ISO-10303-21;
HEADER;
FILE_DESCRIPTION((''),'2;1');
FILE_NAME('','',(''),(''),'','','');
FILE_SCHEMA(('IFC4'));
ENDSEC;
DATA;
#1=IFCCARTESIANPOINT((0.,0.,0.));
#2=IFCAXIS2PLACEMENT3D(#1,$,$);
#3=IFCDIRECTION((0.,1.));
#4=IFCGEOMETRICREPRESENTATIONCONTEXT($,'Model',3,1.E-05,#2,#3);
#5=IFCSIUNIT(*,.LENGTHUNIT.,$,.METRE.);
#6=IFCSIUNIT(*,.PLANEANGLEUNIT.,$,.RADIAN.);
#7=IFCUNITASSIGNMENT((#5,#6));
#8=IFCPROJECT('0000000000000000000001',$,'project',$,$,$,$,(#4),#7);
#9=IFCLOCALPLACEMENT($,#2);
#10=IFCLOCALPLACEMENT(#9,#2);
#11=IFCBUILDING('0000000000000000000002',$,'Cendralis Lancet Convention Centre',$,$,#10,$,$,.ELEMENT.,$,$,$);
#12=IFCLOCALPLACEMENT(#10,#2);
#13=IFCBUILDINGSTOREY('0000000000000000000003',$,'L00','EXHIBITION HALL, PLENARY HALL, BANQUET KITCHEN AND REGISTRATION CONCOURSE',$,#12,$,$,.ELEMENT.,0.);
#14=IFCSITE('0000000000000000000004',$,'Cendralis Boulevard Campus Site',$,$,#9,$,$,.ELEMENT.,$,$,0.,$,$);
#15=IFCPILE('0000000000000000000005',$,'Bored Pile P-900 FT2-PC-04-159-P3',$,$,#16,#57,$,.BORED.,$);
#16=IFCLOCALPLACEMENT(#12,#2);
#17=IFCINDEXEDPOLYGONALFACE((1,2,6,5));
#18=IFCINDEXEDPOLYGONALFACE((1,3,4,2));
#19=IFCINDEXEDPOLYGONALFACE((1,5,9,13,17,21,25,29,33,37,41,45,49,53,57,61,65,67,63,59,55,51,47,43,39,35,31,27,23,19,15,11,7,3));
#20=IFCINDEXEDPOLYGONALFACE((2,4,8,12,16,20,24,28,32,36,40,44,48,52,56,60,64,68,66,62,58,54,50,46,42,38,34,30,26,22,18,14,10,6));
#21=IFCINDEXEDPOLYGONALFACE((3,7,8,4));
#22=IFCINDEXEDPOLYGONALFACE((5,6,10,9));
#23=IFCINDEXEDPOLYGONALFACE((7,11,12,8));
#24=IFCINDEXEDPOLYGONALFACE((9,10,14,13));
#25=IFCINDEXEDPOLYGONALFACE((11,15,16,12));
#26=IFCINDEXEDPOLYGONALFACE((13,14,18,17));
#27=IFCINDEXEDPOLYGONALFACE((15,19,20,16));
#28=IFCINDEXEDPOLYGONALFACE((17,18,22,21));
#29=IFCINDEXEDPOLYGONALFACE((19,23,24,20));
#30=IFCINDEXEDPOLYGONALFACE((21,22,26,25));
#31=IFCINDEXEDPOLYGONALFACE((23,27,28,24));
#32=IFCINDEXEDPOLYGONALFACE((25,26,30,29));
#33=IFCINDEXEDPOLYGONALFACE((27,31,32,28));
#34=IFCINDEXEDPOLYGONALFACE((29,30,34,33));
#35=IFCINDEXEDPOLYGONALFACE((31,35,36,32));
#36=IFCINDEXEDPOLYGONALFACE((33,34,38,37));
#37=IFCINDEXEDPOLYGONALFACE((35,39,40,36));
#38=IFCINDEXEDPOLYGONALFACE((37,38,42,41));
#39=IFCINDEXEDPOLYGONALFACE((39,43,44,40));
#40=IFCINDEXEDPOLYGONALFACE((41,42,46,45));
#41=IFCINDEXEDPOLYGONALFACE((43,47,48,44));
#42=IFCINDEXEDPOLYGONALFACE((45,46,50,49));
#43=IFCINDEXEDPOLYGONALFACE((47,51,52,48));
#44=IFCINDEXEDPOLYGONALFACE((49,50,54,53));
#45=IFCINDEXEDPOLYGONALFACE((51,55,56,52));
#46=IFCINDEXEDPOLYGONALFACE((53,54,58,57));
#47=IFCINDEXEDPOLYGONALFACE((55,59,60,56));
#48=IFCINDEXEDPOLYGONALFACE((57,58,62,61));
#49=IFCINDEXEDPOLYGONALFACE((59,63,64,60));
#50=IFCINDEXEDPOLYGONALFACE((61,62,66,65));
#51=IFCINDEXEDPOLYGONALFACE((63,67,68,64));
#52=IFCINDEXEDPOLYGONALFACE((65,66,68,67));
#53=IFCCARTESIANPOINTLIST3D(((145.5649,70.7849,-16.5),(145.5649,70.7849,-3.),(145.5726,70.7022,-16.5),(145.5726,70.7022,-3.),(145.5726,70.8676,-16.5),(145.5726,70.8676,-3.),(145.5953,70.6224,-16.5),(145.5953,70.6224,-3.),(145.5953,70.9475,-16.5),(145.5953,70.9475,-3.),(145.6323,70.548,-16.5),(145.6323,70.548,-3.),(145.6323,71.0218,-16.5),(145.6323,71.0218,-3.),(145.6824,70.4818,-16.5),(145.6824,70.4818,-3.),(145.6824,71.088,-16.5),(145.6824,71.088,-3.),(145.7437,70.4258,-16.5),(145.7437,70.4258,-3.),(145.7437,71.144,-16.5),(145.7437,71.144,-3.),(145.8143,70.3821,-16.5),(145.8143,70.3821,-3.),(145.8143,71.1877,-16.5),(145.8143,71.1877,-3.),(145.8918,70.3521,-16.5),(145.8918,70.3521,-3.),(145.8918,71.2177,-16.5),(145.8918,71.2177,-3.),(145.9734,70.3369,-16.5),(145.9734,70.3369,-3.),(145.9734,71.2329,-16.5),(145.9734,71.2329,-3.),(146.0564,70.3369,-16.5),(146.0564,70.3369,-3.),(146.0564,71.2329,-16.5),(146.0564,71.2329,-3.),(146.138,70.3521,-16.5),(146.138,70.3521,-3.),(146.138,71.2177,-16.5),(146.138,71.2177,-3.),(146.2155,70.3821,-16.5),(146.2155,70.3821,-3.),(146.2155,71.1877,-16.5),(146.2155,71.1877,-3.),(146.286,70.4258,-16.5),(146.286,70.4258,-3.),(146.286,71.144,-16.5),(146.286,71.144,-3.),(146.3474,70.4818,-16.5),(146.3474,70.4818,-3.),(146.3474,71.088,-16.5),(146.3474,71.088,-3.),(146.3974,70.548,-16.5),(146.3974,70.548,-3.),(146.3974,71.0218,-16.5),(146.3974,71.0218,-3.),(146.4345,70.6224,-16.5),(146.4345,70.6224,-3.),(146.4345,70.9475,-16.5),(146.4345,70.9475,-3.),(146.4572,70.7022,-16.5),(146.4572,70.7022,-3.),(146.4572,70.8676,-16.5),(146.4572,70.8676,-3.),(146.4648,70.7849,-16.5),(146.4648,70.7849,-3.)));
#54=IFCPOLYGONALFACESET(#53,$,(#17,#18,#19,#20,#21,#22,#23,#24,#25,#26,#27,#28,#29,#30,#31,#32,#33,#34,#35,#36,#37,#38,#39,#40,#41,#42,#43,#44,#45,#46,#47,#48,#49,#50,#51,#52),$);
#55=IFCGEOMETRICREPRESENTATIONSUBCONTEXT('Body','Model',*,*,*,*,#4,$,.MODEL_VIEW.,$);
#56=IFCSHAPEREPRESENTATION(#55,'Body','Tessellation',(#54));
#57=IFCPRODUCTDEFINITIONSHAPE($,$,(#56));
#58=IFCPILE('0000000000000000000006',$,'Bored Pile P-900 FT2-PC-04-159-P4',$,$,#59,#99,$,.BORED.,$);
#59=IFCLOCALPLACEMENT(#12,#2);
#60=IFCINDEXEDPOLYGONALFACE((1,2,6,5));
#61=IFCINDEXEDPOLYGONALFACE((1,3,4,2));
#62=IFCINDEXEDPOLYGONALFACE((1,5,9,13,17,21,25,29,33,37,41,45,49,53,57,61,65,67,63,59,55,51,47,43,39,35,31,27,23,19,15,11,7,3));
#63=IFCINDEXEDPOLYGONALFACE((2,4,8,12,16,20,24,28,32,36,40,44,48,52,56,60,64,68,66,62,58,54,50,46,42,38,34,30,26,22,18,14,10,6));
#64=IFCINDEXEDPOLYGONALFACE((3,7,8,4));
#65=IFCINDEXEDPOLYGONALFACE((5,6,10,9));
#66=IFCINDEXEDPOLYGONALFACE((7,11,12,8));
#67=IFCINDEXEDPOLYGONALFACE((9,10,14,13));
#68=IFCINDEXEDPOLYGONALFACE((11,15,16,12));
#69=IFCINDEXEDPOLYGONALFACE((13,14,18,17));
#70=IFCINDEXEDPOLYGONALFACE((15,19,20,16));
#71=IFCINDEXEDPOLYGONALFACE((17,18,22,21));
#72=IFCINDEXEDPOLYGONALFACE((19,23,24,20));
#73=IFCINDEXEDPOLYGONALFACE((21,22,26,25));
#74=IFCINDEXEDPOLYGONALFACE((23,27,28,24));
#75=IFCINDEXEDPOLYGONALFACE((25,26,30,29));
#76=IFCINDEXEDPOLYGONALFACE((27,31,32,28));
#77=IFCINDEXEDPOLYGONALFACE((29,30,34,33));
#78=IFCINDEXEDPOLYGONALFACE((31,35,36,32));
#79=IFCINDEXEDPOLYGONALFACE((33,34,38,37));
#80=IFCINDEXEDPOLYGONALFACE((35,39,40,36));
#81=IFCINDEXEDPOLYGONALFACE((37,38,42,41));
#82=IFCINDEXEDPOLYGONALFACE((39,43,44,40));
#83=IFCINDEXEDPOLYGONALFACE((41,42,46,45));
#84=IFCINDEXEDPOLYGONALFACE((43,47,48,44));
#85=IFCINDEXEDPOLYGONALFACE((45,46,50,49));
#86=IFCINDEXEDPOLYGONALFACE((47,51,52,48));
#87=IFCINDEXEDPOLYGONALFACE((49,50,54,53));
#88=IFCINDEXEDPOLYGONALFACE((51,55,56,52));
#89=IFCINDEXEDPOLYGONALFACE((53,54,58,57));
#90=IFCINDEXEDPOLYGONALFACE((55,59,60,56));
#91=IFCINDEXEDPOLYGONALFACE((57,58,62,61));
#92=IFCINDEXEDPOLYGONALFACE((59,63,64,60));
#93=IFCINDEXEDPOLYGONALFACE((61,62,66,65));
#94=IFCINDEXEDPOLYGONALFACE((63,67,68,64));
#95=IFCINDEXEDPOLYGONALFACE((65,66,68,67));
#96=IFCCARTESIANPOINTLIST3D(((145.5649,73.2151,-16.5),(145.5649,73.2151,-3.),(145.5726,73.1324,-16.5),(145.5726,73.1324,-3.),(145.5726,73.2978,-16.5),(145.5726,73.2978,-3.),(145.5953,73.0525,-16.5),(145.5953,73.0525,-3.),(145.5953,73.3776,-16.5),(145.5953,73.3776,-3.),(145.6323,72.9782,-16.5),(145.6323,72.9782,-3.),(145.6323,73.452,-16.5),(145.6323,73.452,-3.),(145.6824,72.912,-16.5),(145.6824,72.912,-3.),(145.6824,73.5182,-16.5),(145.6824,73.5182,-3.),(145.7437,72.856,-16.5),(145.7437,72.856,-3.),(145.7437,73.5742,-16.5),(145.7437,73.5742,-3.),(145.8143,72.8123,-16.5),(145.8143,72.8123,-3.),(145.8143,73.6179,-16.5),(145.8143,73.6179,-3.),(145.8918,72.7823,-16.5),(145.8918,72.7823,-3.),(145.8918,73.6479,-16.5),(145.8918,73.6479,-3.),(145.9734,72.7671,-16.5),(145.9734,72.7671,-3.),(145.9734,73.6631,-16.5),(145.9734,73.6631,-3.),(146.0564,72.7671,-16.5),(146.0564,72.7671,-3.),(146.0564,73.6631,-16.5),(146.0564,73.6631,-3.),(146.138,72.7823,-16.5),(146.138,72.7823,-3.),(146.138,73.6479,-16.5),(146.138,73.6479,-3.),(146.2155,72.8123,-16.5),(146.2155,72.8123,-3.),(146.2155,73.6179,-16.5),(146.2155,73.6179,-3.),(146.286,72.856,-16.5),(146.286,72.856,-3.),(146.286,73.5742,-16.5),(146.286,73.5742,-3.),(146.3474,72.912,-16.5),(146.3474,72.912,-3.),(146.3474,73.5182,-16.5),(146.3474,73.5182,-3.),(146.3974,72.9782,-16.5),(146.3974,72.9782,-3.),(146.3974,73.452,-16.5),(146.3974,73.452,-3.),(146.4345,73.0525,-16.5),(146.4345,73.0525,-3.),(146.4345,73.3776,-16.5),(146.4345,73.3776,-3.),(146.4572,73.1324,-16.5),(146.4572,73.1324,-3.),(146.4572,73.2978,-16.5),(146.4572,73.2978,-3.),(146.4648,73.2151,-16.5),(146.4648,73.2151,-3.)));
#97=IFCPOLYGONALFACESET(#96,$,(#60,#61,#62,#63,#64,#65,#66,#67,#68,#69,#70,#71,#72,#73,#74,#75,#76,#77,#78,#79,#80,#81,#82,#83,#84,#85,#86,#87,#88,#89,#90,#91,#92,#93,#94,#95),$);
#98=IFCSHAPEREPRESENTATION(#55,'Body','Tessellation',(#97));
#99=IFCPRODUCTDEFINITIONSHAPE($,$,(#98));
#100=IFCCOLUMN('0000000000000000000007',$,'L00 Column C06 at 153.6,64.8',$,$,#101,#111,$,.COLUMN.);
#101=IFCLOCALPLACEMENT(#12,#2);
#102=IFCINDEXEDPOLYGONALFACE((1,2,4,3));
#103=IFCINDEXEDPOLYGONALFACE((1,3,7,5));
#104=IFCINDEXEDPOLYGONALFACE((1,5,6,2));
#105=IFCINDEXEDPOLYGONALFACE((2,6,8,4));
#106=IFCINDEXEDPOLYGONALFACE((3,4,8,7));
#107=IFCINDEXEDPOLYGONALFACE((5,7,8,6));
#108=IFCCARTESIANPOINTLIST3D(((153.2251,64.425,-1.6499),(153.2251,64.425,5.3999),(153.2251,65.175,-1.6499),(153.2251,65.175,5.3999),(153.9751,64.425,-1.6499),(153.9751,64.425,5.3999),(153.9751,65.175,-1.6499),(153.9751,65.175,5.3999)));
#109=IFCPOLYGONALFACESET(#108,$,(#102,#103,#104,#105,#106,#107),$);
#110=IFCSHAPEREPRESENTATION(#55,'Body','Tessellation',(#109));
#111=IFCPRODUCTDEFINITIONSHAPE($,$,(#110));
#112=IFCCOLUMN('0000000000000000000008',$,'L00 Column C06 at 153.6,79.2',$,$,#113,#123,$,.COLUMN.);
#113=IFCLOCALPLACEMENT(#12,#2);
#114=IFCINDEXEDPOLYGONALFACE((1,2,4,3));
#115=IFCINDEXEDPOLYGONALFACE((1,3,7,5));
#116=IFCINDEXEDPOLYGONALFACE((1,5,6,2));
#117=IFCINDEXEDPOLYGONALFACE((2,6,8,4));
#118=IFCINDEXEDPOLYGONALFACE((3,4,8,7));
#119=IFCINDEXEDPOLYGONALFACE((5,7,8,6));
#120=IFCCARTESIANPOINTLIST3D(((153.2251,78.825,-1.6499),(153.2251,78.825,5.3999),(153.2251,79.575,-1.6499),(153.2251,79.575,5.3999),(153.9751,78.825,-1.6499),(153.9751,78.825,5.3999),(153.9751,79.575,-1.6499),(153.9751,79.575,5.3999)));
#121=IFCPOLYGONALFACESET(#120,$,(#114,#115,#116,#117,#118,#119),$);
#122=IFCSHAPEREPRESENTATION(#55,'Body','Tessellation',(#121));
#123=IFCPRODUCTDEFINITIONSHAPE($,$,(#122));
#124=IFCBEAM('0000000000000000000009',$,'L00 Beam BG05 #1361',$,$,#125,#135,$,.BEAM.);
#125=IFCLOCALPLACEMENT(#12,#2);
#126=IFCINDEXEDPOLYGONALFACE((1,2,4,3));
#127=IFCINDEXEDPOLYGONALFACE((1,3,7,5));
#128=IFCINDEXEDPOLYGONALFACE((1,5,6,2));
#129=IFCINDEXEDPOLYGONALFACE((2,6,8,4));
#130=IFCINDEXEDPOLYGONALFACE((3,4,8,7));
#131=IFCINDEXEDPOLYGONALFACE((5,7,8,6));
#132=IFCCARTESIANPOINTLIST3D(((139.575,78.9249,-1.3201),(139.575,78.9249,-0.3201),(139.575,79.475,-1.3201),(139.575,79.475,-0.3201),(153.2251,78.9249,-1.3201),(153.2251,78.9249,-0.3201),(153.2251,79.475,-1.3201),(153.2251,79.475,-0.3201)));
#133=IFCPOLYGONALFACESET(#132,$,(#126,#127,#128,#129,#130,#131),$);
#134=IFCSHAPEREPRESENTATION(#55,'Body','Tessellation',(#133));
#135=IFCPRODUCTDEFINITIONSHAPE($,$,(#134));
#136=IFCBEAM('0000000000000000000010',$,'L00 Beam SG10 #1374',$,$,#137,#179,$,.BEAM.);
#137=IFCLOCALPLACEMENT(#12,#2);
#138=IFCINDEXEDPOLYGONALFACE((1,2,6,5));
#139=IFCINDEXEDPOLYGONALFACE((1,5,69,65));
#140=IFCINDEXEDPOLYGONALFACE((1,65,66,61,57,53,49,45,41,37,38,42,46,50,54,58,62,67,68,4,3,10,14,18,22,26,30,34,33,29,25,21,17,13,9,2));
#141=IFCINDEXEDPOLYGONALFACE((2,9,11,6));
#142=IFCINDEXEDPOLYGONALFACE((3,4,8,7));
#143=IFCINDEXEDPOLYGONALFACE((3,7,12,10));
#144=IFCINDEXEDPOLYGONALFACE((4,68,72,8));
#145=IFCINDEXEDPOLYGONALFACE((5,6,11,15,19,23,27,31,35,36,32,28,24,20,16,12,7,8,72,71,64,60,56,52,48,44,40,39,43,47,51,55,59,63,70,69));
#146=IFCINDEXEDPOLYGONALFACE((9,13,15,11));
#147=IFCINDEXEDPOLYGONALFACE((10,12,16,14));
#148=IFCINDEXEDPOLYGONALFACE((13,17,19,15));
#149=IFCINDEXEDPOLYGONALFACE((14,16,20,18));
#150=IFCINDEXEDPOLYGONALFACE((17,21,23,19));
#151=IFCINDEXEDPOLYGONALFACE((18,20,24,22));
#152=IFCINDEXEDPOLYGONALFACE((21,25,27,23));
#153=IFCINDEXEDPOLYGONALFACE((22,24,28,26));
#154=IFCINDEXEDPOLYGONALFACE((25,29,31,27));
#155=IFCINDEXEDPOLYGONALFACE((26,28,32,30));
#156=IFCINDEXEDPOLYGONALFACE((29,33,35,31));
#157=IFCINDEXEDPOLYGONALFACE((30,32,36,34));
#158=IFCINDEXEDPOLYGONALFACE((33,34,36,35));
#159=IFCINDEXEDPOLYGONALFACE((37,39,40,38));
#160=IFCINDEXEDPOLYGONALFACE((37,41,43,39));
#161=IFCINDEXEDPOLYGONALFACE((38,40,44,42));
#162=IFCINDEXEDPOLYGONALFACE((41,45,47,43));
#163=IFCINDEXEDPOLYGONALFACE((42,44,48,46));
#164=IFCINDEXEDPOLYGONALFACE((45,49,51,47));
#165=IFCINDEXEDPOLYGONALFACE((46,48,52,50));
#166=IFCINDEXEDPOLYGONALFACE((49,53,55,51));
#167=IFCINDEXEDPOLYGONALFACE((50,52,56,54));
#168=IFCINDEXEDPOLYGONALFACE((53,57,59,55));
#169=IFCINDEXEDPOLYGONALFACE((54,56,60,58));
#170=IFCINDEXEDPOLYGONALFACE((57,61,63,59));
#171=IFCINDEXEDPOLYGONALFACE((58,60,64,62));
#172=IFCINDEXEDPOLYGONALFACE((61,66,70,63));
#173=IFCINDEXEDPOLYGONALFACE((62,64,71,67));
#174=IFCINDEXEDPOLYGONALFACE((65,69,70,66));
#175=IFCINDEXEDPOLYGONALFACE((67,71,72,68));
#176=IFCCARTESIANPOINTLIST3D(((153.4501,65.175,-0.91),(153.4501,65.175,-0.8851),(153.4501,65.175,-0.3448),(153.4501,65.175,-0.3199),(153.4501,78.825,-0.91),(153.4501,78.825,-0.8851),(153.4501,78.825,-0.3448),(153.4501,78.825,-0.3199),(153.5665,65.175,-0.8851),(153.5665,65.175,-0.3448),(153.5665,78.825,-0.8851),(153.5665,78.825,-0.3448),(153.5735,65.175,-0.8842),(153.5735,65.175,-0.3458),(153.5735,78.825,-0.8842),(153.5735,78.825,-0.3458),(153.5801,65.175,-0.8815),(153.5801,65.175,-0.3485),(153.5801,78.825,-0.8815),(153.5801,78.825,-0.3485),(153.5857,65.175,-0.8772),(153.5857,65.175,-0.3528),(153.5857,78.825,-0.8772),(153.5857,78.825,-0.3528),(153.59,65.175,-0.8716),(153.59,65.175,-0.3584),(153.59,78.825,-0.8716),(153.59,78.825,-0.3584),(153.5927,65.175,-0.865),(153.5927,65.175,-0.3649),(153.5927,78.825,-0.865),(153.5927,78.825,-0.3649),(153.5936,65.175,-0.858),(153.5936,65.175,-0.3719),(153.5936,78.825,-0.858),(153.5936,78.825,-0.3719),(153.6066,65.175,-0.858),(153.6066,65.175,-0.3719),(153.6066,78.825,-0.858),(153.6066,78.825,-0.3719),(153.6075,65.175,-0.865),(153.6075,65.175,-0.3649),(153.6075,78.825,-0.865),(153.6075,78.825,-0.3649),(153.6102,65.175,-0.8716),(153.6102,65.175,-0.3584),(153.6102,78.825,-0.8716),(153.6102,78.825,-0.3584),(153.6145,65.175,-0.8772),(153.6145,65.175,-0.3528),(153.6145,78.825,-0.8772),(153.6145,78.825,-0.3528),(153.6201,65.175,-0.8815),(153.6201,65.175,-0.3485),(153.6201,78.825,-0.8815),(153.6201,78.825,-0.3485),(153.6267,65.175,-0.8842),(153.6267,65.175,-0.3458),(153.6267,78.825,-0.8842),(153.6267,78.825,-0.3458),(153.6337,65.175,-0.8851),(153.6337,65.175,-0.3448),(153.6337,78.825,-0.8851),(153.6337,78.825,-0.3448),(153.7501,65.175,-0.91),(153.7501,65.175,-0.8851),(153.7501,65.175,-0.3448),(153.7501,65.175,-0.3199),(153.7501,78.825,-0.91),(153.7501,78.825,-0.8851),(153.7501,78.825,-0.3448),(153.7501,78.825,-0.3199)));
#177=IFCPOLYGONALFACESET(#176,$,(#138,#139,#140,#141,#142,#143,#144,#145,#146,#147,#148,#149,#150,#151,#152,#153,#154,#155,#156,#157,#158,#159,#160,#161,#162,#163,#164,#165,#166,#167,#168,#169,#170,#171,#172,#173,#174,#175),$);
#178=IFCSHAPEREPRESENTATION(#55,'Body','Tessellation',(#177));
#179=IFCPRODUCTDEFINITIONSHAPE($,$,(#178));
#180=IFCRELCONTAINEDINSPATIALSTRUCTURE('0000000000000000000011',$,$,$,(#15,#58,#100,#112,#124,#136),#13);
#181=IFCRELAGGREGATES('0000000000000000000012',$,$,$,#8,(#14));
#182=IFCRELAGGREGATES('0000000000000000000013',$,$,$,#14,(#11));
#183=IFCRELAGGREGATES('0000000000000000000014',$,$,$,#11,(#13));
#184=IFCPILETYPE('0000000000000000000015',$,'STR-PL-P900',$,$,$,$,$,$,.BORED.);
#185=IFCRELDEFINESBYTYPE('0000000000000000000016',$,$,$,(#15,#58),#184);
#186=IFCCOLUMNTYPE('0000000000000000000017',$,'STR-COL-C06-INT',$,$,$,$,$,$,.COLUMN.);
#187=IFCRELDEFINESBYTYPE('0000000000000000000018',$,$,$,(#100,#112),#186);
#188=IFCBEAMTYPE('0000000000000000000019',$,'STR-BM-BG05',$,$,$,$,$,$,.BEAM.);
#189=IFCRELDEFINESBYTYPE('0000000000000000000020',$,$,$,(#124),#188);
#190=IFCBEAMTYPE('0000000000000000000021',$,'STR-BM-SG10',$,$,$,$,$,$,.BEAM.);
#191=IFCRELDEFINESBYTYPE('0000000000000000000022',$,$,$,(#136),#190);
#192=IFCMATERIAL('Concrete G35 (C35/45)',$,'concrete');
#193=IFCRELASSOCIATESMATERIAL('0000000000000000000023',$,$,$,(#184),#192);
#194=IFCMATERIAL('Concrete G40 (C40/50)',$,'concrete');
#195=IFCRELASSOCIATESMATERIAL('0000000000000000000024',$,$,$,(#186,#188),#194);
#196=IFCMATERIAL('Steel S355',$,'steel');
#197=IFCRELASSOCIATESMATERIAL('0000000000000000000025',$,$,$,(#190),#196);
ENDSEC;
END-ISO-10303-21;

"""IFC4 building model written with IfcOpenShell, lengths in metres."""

from ifc_helpers import new_model, si_unit, direction, frame, origin, origin_2d, place, context, subcontext, project, spatial, rectangle, circle, i_section, extrude, material, material_profile, profile_set, type_object, element, save


model = new_model("IFC4")

# Units and contexts
model_context = context("Model", 3, precision=1e-05, world=origin(), true_north=direction((0.0, 1.0)))
body_context = subcontext(model_context, "Body", "Model", "MODEL_VIEW")
ifc_project = project(units=[si_unit("LENGTHUNIT", "METRE"), si_unit("PLANEANGLEUNIT", "RADIAN")], contexts=[model_context])

# Site, building, storey
site_placement = place(None, origin())
site = spatial("IfcSite", under=ifc_project, at=site_placement, Name="Cendralis Boulevard Campus Site", CompositionType="ELEMENT", RefElevation=0.0)
building_placement = place(site_placement, origin())
building = spatial("IfcBuilding", under=site, at=building_placement, Name="Cendralis Lancet Convention Centre", CompositionType="ELEMENT")
storey_placement = place(building_placement, origin())
storey = spatial("IfcBuildingStorey", under=building, at=storey_placement, Name="L00", Description="EXHIBITION HALL, PLENARY HALL, BANQUET KITCHEN AND REGISTRATION CONCOURSE", CompositionType="ELEMENT", Elevation=0.0)

# Shared definitions
ifc_material_1 = material(Name="Concrete G35 (C35/45)", Category="concrete")

# Piles
ifc_material_profile_1 = material_profile(ifc_material_1, circle(Radius=0.45, at=origin_2d()), Name="BORED PILE D900")
ifc_profile_set_1 = profile_set([ifc_material_profile_1], Name="Concrete G35 (C35/45)")
pile_type_1 = type_object("IfcPileType", Name="STR-PL-P900", PredefinedType="BORED", material=ifc_profile_set_1)
for number, where, z_axis, x_axis, name in (
    (1, (146.0149, 70.7849, -3.0), (0.0, 0.0, -1.0), (1.0, 0.0, 0.0), "Bored Pile P-900 FT2-PC-04-159-P3"),
    (2, (146.0149, 73.2151, -3.0), (0.0, 0.0, -1.0), (1.0, 0.0, 0.0), "Bored Pile P-900 FT2-PC-04-159-P4"),
):
    element("IfcPile", number, at=place(storey_placement, frame(where, z_axis=z_axis, x_axis=x_axis)), inside=storey, type_object=pile_type_1, Name=name, PredefinedType="BORED", context=body_context, shape_type="SweptSolid", body=[
        extrude(circle(Radius=0.45, at=origin_2d()), origin(), (0.0, 0.0, 1.0), 13.5),
    ])

# Columns
ifc_material_2 = material(Name="Concrete G40 (C40/50)", Category="concrete")
ifc_material_profile_2 = material_profile(ifc_material_2, rectangle(XDim=0.75, YDim=0.75, at=origin_2d()), Name="RC 750x750")
ifc_profile_set_2 = profile_set([ifc_material_profile_2], Name="Concrete G40 (C40/50)")
column_type = type_object("IfcColumnType", Name="STR-COL-C06-INT", PredefinedType="COLUMN", material=ifc_profile_set_2)
for number, where, z_axis, x_axis, name in (
    (3, (153.6001, 64.8, -1.6499), (0.0, 0.0, 1.0), (1.0, 0.0, 0.0), "L00 Column C06 at 153.6,64.8"),
    (4, (153.6001, 79.2, -1.6499), (0.0, 0.0, 1.0), (1.0, 0.0, 0.0), "L00 Column C06 at 153.6,79.2"),
):
    element("IfcColumn", number, at=place(storey_placement, frame(where, z_axis=z_axis, x_axis=x_axis)), inside=storey, type_object=column_type, Name=name, PredefinedType="COLUMN", context=body_context, shape_type="SweptSolid", body=[
        extrude(rectangle(XDim=0.75, YDim=0.75, at=origin_2d()), origin(), (0.0, 0.0, 1.0), 7.0498),
    ])

# Beams
ifc_material_profile_3 = material_profile(ifc_material_2, rectangle(XDim=0.55, YDim=1.0, at=origin_2d()), Name="RCB 550x1000")
ifc_profile_set_3 = profile_set([ifc_material_profile_3], Name="Concrete G40 (C40/50)")
beam_type_1 = type_object("IfcBeamType", Name="STR-BM-BG05", PredefinedType="BEAM", material=ifc_profile_set_3)
beam_1_placement = place(storey_placement, frame((139.575, 79.2, -0.8201), z_axis=(1.0, 0.0, 0.0), x_axis=(0.0, 1.0, 0.0)))
element("IfcBeam", 5, at=beam_1_placement, inside=storey, type_object=beam_type_1, Name="L00 Beam BG05 #1361", PredefinedType="BEAM", context=body_context, shape_type="SweptSolid", body=[
    extrude(rectangle(XDim=0.55, YDim=1.0, at=origin_2d()), origin(), (0.0, 0.0, 1.0), 13.6501),
])
ifc_material_3 = material(Name="Steel S355", Category="steel")
ifc_material_profile_4 = material_profile(ifc_material_3, i_section(OverallWidth=0.3, OverallDepth=0.5901, WebThickness=0.0129, FlangeThickness=0.0249, FilletRadius=0.0271, at=origin_2d()), Name="HEA 600")
ifc_profile_set_4 = profile_set([ifc_material_profile_4], Name="Steel S355")
beam_type_2 = type_object("IfcBeamType", Name="STR-BM-SG10", PredefinedType="BEAM", material=ifc_profile_set_4)
beam_2_placement = place(storey_placement, frame((153.6001, 65.175, -0.615), z_axis=(0.0, 1.0, 0.0), x_axis=(-1.0, 0.0, 0.0)))
element("IfcBeam", 6, at=beam_2_placement, inside=storey, type_object=beam_type_2, Name="L00 Beam SG10 #1374", PredefinedType="BEAM", context=body_context, shape_type="SweptSolid", body=[
    extrude(i_section(OverallWidth=0.3, OverallDepth=0.5901, WebThickness=0.0129, FlangeThickness=0.0249, FilletRadius=0.0271, at=origin_2d()), origin(), (0.0, 0.0, 1.0), 13.6499),
])

save(model, "model.ifc")
